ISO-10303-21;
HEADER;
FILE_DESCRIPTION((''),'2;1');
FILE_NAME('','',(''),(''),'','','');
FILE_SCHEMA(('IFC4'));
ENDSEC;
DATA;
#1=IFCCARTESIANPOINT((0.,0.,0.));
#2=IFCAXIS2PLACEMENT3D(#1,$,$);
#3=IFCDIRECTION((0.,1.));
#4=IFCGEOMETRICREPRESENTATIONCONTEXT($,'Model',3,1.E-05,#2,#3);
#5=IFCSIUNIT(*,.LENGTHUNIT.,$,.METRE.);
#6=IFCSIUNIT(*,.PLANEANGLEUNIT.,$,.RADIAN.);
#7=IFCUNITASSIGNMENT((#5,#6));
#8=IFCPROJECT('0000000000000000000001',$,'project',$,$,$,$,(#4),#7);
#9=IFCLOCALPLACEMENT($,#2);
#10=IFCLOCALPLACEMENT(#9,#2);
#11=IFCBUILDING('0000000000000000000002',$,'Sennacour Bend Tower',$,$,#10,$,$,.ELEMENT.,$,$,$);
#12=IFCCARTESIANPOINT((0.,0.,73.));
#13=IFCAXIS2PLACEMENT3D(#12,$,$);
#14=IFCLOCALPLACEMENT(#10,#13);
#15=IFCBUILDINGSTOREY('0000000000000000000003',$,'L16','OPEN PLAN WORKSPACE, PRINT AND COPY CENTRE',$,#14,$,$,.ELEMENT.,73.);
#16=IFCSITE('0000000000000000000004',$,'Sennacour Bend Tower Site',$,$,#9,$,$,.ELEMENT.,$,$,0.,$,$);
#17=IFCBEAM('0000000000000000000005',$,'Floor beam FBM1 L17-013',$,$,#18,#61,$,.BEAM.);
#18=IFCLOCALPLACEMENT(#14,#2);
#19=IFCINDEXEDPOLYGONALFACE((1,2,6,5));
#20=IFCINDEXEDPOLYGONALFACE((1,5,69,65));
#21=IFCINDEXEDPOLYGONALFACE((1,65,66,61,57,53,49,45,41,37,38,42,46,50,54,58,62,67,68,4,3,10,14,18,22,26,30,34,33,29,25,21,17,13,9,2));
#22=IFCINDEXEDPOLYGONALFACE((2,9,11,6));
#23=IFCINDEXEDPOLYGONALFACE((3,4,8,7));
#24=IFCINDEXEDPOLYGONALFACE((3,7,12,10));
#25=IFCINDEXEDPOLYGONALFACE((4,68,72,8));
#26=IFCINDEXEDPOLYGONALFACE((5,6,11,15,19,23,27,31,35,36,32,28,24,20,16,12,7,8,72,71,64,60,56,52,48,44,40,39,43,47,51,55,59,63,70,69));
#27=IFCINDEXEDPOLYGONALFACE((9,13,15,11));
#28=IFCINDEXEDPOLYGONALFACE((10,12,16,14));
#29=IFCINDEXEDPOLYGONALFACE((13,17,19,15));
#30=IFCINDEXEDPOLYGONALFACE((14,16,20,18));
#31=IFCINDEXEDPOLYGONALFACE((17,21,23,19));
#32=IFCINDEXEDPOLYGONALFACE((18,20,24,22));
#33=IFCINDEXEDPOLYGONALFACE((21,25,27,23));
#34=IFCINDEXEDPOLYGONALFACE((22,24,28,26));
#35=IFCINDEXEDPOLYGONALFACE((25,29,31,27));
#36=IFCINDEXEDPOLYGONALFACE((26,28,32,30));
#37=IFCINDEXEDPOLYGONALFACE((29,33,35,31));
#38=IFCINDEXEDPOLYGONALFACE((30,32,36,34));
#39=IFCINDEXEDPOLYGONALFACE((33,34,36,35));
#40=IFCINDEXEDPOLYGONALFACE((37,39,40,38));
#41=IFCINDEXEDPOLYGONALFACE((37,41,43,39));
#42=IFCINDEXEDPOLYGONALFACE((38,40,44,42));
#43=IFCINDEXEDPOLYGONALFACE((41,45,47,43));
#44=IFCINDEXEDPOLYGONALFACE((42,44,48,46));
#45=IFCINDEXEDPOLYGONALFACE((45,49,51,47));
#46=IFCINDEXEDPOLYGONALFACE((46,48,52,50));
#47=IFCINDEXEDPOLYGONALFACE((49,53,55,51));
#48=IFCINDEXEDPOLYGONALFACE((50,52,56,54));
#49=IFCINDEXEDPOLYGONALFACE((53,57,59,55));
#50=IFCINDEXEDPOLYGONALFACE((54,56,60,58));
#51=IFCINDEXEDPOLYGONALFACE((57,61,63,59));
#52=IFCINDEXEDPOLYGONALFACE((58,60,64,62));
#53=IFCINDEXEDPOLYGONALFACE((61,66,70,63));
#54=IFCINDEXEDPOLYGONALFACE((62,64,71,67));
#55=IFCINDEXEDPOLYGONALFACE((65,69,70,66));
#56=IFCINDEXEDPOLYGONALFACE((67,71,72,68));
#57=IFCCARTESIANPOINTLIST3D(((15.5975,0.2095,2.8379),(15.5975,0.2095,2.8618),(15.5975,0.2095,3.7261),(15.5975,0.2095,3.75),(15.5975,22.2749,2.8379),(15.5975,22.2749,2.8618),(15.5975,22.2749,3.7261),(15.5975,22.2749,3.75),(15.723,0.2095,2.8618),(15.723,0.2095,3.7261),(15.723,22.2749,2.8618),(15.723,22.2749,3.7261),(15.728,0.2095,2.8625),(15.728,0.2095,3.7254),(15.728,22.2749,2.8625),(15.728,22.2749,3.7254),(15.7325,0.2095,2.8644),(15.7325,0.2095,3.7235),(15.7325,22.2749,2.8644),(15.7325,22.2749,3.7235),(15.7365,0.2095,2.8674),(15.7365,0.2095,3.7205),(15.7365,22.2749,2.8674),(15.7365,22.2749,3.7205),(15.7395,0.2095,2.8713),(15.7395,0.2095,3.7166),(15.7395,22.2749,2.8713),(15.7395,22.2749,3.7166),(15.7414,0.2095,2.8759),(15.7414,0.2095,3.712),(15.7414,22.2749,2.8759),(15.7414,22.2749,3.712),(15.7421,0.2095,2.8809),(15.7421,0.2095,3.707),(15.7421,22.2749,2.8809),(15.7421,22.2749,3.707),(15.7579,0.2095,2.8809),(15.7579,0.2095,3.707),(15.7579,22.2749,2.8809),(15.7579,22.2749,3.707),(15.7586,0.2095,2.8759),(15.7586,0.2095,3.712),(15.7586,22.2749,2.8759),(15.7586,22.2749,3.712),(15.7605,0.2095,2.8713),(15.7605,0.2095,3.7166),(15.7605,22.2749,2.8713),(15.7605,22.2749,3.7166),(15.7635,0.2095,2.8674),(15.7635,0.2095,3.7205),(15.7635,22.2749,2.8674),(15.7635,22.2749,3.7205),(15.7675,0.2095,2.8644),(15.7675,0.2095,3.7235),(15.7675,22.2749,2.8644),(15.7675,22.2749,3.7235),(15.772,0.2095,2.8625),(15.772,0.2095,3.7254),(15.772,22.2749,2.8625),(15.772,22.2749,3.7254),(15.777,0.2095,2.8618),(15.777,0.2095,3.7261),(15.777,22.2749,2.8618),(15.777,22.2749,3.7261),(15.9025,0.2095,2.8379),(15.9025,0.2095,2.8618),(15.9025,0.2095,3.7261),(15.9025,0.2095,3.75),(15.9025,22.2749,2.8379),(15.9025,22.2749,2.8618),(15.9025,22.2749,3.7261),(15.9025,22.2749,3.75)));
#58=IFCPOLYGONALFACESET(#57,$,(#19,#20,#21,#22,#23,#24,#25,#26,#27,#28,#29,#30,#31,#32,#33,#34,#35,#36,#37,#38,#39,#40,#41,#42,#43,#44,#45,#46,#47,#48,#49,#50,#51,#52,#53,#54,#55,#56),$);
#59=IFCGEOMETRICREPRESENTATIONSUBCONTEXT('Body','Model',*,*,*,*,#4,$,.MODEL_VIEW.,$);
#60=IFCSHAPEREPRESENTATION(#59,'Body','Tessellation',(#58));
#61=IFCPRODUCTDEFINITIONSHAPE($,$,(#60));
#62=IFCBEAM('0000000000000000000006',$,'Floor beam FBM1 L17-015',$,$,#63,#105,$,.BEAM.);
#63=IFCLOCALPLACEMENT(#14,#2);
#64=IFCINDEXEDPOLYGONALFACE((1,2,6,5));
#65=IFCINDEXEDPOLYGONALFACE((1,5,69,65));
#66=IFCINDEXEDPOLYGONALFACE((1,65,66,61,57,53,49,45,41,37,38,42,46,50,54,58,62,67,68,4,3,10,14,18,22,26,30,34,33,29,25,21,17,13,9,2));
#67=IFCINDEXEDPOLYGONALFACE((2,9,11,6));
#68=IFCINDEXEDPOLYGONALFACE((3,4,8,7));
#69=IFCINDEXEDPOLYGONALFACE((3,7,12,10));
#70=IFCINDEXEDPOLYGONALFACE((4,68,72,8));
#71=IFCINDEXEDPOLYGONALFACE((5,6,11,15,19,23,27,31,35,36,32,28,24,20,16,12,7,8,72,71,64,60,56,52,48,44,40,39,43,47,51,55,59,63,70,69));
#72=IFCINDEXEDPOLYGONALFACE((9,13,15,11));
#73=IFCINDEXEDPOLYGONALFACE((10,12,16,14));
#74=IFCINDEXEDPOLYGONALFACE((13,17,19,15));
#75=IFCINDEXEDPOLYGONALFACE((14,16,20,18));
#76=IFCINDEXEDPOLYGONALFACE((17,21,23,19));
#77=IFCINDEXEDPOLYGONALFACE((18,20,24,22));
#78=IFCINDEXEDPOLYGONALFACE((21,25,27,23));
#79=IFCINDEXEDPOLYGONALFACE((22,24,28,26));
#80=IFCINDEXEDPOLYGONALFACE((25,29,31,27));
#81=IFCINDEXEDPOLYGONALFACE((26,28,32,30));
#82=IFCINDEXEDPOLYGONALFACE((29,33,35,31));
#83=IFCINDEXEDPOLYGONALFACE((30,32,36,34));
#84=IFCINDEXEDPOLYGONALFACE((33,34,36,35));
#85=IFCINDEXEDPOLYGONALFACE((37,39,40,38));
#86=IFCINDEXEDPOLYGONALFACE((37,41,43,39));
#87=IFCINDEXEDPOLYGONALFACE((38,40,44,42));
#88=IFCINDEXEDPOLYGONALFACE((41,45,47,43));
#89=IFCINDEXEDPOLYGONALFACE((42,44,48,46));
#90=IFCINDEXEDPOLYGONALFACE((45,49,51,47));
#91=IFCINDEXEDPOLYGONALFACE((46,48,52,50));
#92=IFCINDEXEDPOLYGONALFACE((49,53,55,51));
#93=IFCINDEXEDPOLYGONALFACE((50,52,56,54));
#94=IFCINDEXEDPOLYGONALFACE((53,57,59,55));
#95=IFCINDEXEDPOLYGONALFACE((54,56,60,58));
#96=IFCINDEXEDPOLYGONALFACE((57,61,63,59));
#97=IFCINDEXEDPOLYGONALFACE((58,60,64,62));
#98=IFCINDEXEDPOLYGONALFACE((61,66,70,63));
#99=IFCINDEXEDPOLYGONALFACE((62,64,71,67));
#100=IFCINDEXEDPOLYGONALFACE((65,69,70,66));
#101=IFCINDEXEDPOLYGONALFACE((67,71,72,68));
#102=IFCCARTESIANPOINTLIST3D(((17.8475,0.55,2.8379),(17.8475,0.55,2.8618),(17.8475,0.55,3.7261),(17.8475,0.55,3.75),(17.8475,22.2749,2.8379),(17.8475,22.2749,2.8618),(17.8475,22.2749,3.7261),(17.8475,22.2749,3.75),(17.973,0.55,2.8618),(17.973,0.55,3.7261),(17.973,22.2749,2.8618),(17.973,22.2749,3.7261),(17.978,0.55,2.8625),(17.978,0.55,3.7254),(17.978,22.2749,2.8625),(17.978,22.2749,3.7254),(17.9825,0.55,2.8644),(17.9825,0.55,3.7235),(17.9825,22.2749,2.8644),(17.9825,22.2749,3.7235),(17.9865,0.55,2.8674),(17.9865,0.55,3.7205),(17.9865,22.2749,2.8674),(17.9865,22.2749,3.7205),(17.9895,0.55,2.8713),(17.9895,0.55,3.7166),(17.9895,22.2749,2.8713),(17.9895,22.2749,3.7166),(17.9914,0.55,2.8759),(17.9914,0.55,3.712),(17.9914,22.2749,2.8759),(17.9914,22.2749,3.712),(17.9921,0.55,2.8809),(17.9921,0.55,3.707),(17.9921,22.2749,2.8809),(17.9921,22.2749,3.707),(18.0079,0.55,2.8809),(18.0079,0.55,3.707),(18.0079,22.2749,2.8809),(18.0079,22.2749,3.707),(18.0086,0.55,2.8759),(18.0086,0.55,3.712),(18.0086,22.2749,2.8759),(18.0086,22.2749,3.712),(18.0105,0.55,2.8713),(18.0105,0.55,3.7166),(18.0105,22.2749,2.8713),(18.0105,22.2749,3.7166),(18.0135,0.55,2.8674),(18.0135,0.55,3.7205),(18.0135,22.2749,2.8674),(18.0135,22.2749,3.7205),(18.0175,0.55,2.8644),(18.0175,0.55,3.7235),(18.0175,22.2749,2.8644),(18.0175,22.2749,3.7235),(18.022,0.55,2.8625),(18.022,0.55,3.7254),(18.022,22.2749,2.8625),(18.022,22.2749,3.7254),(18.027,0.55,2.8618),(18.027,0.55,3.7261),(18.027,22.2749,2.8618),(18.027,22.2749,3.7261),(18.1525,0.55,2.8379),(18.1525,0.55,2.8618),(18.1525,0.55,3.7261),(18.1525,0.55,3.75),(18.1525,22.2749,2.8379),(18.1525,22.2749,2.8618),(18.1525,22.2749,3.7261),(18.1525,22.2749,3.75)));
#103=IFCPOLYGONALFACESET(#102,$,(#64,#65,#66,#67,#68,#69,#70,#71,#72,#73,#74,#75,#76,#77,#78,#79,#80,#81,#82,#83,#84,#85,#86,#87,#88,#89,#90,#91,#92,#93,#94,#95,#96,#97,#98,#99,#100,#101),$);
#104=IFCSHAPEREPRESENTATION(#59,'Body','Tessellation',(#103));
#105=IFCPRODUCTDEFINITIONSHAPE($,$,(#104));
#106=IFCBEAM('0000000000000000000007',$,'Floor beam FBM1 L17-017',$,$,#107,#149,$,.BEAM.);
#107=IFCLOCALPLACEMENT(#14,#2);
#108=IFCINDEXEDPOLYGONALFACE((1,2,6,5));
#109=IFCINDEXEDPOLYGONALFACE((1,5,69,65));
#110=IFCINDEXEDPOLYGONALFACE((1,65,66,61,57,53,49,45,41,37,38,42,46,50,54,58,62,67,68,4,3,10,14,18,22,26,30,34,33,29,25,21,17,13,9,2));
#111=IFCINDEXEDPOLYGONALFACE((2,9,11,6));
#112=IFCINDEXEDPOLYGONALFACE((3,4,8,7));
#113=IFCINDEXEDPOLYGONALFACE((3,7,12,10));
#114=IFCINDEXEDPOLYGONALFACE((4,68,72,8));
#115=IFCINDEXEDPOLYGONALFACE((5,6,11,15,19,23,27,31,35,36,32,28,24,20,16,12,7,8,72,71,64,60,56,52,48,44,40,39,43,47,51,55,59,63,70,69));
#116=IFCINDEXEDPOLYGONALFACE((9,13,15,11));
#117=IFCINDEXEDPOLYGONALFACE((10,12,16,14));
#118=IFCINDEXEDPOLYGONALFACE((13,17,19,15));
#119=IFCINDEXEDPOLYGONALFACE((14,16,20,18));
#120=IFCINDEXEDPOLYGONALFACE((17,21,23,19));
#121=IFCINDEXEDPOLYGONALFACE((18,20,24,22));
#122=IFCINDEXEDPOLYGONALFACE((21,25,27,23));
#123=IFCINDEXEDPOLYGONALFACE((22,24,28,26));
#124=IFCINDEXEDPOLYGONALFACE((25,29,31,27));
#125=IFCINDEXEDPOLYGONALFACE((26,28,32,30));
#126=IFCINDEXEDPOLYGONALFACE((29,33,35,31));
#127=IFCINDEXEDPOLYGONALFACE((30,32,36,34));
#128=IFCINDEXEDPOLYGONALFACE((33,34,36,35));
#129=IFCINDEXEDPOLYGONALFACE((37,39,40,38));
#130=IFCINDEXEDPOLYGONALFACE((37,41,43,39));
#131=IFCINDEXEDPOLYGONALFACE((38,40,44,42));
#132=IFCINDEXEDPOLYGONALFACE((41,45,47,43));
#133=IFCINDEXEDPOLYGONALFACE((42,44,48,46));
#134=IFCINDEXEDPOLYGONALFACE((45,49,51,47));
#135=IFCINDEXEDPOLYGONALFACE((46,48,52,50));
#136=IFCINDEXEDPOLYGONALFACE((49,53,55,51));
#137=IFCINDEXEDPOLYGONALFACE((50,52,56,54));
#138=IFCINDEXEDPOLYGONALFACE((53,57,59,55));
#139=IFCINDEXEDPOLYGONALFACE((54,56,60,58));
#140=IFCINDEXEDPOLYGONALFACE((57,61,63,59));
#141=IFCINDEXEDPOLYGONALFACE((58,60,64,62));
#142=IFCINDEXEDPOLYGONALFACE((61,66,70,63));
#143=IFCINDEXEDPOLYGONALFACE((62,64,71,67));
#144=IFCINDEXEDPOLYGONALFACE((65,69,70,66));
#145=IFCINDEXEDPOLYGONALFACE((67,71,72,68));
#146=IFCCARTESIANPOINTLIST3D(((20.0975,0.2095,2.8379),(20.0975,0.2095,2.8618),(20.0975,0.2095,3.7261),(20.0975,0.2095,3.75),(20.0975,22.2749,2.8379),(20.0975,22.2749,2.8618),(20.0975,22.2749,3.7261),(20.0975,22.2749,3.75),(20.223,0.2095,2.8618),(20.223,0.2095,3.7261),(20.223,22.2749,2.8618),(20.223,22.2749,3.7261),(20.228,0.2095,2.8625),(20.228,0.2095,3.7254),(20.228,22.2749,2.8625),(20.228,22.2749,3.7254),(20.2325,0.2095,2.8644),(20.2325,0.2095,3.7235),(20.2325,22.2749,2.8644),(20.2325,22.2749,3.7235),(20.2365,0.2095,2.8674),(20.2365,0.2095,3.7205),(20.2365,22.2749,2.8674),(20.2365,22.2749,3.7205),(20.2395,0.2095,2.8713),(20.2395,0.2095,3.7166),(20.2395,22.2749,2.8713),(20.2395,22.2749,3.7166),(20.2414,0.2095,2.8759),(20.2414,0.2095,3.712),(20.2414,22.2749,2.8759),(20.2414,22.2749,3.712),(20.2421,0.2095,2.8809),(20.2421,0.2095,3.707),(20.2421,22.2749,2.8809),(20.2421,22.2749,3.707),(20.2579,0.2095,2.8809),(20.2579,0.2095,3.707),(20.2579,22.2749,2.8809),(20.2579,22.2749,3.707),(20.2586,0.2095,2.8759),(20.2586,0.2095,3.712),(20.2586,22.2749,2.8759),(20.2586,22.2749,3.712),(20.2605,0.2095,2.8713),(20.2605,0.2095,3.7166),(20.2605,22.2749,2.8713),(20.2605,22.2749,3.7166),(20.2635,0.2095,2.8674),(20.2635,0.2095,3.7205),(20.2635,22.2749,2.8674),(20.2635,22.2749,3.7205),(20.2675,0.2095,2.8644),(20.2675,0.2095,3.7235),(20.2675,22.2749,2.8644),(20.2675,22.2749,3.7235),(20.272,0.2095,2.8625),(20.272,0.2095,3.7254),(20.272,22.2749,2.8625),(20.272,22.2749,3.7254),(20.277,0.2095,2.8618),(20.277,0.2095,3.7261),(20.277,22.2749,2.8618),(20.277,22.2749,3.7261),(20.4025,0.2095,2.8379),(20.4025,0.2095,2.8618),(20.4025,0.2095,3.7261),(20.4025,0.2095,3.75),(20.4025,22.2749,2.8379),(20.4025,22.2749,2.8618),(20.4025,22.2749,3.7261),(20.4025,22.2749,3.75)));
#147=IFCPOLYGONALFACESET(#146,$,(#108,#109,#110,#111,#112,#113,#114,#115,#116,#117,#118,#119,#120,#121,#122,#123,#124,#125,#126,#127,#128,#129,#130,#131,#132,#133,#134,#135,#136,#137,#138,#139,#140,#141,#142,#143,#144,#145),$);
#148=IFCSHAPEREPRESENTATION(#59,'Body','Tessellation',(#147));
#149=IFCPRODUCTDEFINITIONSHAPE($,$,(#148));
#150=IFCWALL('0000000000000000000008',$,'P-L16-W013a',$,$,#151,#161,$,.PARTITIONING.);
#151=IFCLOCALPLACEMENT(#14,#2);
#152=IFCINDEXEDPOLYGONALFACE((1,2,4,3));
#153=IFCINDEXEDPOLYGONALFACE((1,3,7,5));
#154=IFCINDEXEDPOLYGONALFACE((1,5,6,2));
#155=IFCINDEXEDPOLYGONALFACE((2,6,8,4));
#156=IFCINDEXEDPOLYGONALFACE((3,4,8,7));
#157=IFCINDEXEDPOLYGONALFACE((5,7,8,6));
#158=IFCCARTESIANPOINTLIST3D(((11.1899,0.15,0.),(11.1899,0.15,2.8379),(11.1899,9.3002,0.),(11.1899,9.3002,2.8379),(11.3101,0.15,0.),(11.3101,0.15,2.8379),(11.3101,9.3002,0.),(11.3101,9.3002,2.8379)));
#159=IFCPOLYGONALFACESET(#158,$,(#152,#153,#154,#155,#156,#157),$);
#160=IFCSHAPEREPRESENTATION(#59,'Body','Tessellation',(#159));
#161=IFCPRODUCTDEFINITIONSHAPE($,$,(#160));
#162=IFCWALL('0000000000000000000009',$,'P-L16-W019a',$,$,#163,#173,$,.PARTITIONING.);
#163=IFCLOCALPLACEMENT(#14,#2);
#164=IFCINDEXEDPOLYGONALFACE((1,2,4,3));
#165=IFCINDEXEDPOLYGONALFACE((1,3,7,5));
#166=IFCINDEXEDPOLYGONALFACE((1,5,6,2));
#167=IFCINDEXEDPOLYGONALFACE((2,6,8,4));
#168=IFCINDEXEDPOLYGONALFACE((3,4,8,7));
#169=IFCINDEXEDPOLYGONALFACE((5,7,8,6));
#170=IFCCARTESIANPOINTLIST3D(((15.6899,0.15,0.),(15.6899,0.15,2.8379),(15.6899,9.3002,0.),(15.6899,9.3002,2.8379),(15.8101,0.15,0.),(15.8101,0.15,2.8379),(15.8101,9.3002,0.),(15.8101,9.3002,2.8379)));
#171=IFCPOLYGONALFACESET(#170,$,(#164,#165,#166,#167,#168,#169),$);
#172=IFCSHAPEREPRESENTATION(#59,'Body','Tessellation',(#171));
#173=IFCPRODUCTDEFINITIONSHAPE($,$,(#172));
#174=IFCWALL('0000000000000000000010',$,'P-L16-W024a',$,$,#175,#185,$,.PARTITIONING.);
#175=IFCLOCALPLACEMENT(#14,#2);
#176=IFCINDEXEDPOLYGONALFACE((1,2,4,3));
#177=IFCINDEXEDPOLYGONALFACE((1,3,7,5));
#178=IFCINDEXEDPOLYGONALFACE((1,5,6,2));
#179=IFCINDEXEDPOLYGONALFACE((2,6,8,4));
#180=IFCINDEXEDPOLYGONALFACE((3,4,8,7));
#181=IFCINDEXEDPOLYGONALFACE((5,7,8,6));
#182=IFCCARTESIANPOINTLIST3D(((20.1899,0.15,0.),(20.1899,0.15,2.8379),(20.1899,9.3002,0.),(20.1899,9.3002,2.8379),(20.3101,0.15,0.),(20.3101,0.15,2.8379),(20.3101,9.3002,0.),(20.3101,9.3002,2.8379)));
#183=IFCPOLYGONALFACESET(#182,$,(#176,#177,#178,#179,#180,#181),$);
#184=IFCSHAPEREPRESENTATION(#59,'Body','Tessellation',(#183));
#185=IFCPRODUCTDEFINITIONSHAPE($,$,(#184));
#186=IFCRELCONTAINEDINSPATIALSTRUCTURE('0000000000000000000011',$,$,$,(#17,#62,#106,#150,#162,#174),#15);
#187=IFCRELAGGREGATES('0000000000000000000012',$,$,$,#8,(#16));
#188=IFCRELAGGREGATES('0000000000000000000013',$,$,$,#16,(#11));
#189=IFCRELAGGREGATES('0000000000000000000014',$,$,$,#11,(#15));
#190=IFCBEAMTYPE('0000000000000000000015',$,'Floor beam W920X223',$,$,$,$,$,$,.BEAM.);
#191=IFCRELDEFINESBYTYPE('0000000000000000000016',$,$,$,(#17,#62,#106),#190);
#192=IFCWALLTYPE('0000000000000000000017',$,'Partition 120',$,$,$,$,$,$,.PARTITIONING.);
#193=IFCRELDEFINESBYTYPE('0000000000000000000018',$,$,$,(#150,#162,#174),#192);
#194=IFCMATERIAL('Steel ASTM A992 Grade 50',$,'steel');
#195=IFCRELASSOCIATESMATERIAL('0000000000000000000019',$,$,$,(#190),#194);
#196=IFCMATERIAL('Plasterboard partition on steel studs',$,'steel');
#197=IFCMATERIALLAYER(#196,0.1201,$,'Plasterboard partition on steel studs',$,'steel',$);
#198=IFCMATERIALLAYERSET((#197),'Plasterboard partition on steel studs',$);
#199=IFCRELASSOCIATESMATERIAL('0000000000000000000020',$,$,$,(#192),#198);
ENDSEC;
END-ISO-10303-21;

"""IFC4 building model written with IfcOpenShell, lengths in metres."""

from ifc_helpers import new_model, si_unit, direction, frame, frame_2d, origin, origin_2d, place, context, subcontext, project, spatial, rectangle, i_section, extrude, material, layer, layer_set, material_profile, profile_set, type_object, element, save


model = new_model("IFC4")

# Units and contexts
model_context = context("Model", 3, precision=1e-05, world=origin(), true_north=direction((0.0, 1.0)))
body_context = subcontext(model_context, "Body", "Model", "MODEL_VIEW")
ifc_project = project(units=[si_unit("LENGTHUNIT", "METRE"), si_unit("PLANEANGLEUNIT", "RADIAN")], contexts=[model_context])

# Site, building, storey
site_placement = place(None, origin())
site = spatial("IfcSite", under=ifc_project, at=site_placement, Name="Sennacour Bend Tower Site", CompositionType="ELEMENT", RefElevation=0.0)
building_placement = place(site_placement, origin())
building = spatial("IfcBuilding", under=site, at=building_placement, Name="Sennacour Bend Tower", CompositionType="ELEMENT")
storey_placement = place(building_placement, frame((0.0, 0.0, 73.0)))
storey = spatial("IfcBuildingStorey", under=building, at=storey_placement, Name="L16", Description="OPEN PLAN WORKSPACE, PRINT AND COPY CENTRE", CompositionType="ELEMENT", Elevation=73.0)

# Beams
ifc_material_1 = material(Name="Steel ASTM A992 Grade 50", Category="steel")
ifc_material_profile_1 = material_profile(ifc_material_1, i_section(OverallWidth=0.3049, OverallDepth=0.9121, WebThickness=0.0159, FlangeThickness=0.0239, FilletRadius=0.019, at=origin_2d()), Name="Steel ASTM A992 Grade 50", Category="steel")
ifc_profile_set_1 = profile_set([ifc_material_profile_1], Name="Steel ASTM A992 Grade 50")
beam_type = type_object("IfcBeamType", Name="Floor beam W920X223", PredefinedType="BEAM", material=ifc_profile_set_1)
beam_1_placement = place(storey_placement, frame((15.75, 0.2095, 3.2939), z_axis=(0.0, 1.0, 0.0), x_axis=(-1.0, 0.0, 0.0)))
element("IfcBeam", 1, at=beam_1_placement, inside=storey, type_object=beam_type, Name="Floor beam FBM1 L17-013", PredefinedType="BEAM", context=body_context, shape_type="SweptSolid", body=[
    extrude(i_section(OverallWidth=0.3049, OverallDepth=0.9121, WebThickness=0.0159, FlangeThickness=0.0239, FilletRadius=0.019, at=origin_2d()), origin(), (0.0, 0.0, 1.0), 22.0654),
])
beam_2_placement = place(storey_placement, frame((18.0, 0.55, 3.2939), z_axis=(0.0, 1.0, 0.0), x_axis=(-1.0, 0.0, 0.0)))
element("IfcBeam", 2, at=beam_2_placement, inside=storey, type_object=beam_type, Name="Floor beam FBM1 L17-015", PredefinedType="BEAM", context=body_context, shape_type="SweptSolid", body=[
    extrude(i_section(OverallWidth=0.3049, OverallDepth=0.9121, WebThickness=0.0159, FlangeThickness=0.0239, FilletRadius=0.019, at=origin_2d()), origin(), (0.0, 0.0, 1.0), 21.7249),
])
beam_3_placement = place(storey_placement, frame((20.25, 0.2095, 3.2939), z_axis=(0.0, 1.0, 0.0), x_axis=(-1.0, 0.0, 0.0)))
element("IfcBeam", 3, at=beam_3_placement, inside=storey, type_object=beam_type, Name="Floor beam FBM1 L17-017", PredefinedType="BEAM", context=body_context, shape_type="SweptSolid", body=[
    extrude(i_section(OverallWidth=0.3049, OverallDepth=0.9121, WebThickness=0.0159, FlangeThickness=0.0239, FilletRadius=0.019, at=origin_2d()), origin(), (0.0, 0.0, 1.0), 22.0654),
])

# Walls
ifc_material_2 = material(Name="Plasterboard partition on steel studs", Category="steel")
ifc_layer_1 = layer(ifc_material_2, 0.1201, Name="Plasterboard partition on steel studs", Category="steel")
ifc_layer_set_1 = layer_set([ifc_layer_1], Name="Plasterboard partition on steel studs")
wall_type_1 = type_object("IfcWallType", Name="Partition 120", PredefinedType="PARTITIONING", material=ifc_layer_set_1)
for number, where, z_axis, x_axis, name in (
    (4, (11.25, 0.1499, 0.0), (0.0, 0.0, 1.0), (0.0, 1.0, 0.0), "P-L16-W013a"),
    (5, (15.75, 0.1499, 0.0), (0.0, 0.0, 1.0), (0.0, 1.0, 0.0), "P-L16-W019a"),
    (6, (20.25, 0.1499, 0.0), (0.0, 0.0, 1.0), (0.0, 1.0, 0.0), "P-L16-W024a"),
):
    element("IfcWall", number, at=place(storey_placement, frame(where, z_axis=z_axis, x_axis=x_axis)), inside=storey, type_object=wall_type_1, Name=name, PredefinedType="PARTITIONING", context=body_context, shape_type="SweptSolid", body=[
        extrude(rectangle(XDim=9.1501, YDim=0.1201, at=frame_2d((4.5752, 0.0))), origin(), (0.0, 0.0, 1.0), 2.8379),
    ])

save(model, "model.ifc")
